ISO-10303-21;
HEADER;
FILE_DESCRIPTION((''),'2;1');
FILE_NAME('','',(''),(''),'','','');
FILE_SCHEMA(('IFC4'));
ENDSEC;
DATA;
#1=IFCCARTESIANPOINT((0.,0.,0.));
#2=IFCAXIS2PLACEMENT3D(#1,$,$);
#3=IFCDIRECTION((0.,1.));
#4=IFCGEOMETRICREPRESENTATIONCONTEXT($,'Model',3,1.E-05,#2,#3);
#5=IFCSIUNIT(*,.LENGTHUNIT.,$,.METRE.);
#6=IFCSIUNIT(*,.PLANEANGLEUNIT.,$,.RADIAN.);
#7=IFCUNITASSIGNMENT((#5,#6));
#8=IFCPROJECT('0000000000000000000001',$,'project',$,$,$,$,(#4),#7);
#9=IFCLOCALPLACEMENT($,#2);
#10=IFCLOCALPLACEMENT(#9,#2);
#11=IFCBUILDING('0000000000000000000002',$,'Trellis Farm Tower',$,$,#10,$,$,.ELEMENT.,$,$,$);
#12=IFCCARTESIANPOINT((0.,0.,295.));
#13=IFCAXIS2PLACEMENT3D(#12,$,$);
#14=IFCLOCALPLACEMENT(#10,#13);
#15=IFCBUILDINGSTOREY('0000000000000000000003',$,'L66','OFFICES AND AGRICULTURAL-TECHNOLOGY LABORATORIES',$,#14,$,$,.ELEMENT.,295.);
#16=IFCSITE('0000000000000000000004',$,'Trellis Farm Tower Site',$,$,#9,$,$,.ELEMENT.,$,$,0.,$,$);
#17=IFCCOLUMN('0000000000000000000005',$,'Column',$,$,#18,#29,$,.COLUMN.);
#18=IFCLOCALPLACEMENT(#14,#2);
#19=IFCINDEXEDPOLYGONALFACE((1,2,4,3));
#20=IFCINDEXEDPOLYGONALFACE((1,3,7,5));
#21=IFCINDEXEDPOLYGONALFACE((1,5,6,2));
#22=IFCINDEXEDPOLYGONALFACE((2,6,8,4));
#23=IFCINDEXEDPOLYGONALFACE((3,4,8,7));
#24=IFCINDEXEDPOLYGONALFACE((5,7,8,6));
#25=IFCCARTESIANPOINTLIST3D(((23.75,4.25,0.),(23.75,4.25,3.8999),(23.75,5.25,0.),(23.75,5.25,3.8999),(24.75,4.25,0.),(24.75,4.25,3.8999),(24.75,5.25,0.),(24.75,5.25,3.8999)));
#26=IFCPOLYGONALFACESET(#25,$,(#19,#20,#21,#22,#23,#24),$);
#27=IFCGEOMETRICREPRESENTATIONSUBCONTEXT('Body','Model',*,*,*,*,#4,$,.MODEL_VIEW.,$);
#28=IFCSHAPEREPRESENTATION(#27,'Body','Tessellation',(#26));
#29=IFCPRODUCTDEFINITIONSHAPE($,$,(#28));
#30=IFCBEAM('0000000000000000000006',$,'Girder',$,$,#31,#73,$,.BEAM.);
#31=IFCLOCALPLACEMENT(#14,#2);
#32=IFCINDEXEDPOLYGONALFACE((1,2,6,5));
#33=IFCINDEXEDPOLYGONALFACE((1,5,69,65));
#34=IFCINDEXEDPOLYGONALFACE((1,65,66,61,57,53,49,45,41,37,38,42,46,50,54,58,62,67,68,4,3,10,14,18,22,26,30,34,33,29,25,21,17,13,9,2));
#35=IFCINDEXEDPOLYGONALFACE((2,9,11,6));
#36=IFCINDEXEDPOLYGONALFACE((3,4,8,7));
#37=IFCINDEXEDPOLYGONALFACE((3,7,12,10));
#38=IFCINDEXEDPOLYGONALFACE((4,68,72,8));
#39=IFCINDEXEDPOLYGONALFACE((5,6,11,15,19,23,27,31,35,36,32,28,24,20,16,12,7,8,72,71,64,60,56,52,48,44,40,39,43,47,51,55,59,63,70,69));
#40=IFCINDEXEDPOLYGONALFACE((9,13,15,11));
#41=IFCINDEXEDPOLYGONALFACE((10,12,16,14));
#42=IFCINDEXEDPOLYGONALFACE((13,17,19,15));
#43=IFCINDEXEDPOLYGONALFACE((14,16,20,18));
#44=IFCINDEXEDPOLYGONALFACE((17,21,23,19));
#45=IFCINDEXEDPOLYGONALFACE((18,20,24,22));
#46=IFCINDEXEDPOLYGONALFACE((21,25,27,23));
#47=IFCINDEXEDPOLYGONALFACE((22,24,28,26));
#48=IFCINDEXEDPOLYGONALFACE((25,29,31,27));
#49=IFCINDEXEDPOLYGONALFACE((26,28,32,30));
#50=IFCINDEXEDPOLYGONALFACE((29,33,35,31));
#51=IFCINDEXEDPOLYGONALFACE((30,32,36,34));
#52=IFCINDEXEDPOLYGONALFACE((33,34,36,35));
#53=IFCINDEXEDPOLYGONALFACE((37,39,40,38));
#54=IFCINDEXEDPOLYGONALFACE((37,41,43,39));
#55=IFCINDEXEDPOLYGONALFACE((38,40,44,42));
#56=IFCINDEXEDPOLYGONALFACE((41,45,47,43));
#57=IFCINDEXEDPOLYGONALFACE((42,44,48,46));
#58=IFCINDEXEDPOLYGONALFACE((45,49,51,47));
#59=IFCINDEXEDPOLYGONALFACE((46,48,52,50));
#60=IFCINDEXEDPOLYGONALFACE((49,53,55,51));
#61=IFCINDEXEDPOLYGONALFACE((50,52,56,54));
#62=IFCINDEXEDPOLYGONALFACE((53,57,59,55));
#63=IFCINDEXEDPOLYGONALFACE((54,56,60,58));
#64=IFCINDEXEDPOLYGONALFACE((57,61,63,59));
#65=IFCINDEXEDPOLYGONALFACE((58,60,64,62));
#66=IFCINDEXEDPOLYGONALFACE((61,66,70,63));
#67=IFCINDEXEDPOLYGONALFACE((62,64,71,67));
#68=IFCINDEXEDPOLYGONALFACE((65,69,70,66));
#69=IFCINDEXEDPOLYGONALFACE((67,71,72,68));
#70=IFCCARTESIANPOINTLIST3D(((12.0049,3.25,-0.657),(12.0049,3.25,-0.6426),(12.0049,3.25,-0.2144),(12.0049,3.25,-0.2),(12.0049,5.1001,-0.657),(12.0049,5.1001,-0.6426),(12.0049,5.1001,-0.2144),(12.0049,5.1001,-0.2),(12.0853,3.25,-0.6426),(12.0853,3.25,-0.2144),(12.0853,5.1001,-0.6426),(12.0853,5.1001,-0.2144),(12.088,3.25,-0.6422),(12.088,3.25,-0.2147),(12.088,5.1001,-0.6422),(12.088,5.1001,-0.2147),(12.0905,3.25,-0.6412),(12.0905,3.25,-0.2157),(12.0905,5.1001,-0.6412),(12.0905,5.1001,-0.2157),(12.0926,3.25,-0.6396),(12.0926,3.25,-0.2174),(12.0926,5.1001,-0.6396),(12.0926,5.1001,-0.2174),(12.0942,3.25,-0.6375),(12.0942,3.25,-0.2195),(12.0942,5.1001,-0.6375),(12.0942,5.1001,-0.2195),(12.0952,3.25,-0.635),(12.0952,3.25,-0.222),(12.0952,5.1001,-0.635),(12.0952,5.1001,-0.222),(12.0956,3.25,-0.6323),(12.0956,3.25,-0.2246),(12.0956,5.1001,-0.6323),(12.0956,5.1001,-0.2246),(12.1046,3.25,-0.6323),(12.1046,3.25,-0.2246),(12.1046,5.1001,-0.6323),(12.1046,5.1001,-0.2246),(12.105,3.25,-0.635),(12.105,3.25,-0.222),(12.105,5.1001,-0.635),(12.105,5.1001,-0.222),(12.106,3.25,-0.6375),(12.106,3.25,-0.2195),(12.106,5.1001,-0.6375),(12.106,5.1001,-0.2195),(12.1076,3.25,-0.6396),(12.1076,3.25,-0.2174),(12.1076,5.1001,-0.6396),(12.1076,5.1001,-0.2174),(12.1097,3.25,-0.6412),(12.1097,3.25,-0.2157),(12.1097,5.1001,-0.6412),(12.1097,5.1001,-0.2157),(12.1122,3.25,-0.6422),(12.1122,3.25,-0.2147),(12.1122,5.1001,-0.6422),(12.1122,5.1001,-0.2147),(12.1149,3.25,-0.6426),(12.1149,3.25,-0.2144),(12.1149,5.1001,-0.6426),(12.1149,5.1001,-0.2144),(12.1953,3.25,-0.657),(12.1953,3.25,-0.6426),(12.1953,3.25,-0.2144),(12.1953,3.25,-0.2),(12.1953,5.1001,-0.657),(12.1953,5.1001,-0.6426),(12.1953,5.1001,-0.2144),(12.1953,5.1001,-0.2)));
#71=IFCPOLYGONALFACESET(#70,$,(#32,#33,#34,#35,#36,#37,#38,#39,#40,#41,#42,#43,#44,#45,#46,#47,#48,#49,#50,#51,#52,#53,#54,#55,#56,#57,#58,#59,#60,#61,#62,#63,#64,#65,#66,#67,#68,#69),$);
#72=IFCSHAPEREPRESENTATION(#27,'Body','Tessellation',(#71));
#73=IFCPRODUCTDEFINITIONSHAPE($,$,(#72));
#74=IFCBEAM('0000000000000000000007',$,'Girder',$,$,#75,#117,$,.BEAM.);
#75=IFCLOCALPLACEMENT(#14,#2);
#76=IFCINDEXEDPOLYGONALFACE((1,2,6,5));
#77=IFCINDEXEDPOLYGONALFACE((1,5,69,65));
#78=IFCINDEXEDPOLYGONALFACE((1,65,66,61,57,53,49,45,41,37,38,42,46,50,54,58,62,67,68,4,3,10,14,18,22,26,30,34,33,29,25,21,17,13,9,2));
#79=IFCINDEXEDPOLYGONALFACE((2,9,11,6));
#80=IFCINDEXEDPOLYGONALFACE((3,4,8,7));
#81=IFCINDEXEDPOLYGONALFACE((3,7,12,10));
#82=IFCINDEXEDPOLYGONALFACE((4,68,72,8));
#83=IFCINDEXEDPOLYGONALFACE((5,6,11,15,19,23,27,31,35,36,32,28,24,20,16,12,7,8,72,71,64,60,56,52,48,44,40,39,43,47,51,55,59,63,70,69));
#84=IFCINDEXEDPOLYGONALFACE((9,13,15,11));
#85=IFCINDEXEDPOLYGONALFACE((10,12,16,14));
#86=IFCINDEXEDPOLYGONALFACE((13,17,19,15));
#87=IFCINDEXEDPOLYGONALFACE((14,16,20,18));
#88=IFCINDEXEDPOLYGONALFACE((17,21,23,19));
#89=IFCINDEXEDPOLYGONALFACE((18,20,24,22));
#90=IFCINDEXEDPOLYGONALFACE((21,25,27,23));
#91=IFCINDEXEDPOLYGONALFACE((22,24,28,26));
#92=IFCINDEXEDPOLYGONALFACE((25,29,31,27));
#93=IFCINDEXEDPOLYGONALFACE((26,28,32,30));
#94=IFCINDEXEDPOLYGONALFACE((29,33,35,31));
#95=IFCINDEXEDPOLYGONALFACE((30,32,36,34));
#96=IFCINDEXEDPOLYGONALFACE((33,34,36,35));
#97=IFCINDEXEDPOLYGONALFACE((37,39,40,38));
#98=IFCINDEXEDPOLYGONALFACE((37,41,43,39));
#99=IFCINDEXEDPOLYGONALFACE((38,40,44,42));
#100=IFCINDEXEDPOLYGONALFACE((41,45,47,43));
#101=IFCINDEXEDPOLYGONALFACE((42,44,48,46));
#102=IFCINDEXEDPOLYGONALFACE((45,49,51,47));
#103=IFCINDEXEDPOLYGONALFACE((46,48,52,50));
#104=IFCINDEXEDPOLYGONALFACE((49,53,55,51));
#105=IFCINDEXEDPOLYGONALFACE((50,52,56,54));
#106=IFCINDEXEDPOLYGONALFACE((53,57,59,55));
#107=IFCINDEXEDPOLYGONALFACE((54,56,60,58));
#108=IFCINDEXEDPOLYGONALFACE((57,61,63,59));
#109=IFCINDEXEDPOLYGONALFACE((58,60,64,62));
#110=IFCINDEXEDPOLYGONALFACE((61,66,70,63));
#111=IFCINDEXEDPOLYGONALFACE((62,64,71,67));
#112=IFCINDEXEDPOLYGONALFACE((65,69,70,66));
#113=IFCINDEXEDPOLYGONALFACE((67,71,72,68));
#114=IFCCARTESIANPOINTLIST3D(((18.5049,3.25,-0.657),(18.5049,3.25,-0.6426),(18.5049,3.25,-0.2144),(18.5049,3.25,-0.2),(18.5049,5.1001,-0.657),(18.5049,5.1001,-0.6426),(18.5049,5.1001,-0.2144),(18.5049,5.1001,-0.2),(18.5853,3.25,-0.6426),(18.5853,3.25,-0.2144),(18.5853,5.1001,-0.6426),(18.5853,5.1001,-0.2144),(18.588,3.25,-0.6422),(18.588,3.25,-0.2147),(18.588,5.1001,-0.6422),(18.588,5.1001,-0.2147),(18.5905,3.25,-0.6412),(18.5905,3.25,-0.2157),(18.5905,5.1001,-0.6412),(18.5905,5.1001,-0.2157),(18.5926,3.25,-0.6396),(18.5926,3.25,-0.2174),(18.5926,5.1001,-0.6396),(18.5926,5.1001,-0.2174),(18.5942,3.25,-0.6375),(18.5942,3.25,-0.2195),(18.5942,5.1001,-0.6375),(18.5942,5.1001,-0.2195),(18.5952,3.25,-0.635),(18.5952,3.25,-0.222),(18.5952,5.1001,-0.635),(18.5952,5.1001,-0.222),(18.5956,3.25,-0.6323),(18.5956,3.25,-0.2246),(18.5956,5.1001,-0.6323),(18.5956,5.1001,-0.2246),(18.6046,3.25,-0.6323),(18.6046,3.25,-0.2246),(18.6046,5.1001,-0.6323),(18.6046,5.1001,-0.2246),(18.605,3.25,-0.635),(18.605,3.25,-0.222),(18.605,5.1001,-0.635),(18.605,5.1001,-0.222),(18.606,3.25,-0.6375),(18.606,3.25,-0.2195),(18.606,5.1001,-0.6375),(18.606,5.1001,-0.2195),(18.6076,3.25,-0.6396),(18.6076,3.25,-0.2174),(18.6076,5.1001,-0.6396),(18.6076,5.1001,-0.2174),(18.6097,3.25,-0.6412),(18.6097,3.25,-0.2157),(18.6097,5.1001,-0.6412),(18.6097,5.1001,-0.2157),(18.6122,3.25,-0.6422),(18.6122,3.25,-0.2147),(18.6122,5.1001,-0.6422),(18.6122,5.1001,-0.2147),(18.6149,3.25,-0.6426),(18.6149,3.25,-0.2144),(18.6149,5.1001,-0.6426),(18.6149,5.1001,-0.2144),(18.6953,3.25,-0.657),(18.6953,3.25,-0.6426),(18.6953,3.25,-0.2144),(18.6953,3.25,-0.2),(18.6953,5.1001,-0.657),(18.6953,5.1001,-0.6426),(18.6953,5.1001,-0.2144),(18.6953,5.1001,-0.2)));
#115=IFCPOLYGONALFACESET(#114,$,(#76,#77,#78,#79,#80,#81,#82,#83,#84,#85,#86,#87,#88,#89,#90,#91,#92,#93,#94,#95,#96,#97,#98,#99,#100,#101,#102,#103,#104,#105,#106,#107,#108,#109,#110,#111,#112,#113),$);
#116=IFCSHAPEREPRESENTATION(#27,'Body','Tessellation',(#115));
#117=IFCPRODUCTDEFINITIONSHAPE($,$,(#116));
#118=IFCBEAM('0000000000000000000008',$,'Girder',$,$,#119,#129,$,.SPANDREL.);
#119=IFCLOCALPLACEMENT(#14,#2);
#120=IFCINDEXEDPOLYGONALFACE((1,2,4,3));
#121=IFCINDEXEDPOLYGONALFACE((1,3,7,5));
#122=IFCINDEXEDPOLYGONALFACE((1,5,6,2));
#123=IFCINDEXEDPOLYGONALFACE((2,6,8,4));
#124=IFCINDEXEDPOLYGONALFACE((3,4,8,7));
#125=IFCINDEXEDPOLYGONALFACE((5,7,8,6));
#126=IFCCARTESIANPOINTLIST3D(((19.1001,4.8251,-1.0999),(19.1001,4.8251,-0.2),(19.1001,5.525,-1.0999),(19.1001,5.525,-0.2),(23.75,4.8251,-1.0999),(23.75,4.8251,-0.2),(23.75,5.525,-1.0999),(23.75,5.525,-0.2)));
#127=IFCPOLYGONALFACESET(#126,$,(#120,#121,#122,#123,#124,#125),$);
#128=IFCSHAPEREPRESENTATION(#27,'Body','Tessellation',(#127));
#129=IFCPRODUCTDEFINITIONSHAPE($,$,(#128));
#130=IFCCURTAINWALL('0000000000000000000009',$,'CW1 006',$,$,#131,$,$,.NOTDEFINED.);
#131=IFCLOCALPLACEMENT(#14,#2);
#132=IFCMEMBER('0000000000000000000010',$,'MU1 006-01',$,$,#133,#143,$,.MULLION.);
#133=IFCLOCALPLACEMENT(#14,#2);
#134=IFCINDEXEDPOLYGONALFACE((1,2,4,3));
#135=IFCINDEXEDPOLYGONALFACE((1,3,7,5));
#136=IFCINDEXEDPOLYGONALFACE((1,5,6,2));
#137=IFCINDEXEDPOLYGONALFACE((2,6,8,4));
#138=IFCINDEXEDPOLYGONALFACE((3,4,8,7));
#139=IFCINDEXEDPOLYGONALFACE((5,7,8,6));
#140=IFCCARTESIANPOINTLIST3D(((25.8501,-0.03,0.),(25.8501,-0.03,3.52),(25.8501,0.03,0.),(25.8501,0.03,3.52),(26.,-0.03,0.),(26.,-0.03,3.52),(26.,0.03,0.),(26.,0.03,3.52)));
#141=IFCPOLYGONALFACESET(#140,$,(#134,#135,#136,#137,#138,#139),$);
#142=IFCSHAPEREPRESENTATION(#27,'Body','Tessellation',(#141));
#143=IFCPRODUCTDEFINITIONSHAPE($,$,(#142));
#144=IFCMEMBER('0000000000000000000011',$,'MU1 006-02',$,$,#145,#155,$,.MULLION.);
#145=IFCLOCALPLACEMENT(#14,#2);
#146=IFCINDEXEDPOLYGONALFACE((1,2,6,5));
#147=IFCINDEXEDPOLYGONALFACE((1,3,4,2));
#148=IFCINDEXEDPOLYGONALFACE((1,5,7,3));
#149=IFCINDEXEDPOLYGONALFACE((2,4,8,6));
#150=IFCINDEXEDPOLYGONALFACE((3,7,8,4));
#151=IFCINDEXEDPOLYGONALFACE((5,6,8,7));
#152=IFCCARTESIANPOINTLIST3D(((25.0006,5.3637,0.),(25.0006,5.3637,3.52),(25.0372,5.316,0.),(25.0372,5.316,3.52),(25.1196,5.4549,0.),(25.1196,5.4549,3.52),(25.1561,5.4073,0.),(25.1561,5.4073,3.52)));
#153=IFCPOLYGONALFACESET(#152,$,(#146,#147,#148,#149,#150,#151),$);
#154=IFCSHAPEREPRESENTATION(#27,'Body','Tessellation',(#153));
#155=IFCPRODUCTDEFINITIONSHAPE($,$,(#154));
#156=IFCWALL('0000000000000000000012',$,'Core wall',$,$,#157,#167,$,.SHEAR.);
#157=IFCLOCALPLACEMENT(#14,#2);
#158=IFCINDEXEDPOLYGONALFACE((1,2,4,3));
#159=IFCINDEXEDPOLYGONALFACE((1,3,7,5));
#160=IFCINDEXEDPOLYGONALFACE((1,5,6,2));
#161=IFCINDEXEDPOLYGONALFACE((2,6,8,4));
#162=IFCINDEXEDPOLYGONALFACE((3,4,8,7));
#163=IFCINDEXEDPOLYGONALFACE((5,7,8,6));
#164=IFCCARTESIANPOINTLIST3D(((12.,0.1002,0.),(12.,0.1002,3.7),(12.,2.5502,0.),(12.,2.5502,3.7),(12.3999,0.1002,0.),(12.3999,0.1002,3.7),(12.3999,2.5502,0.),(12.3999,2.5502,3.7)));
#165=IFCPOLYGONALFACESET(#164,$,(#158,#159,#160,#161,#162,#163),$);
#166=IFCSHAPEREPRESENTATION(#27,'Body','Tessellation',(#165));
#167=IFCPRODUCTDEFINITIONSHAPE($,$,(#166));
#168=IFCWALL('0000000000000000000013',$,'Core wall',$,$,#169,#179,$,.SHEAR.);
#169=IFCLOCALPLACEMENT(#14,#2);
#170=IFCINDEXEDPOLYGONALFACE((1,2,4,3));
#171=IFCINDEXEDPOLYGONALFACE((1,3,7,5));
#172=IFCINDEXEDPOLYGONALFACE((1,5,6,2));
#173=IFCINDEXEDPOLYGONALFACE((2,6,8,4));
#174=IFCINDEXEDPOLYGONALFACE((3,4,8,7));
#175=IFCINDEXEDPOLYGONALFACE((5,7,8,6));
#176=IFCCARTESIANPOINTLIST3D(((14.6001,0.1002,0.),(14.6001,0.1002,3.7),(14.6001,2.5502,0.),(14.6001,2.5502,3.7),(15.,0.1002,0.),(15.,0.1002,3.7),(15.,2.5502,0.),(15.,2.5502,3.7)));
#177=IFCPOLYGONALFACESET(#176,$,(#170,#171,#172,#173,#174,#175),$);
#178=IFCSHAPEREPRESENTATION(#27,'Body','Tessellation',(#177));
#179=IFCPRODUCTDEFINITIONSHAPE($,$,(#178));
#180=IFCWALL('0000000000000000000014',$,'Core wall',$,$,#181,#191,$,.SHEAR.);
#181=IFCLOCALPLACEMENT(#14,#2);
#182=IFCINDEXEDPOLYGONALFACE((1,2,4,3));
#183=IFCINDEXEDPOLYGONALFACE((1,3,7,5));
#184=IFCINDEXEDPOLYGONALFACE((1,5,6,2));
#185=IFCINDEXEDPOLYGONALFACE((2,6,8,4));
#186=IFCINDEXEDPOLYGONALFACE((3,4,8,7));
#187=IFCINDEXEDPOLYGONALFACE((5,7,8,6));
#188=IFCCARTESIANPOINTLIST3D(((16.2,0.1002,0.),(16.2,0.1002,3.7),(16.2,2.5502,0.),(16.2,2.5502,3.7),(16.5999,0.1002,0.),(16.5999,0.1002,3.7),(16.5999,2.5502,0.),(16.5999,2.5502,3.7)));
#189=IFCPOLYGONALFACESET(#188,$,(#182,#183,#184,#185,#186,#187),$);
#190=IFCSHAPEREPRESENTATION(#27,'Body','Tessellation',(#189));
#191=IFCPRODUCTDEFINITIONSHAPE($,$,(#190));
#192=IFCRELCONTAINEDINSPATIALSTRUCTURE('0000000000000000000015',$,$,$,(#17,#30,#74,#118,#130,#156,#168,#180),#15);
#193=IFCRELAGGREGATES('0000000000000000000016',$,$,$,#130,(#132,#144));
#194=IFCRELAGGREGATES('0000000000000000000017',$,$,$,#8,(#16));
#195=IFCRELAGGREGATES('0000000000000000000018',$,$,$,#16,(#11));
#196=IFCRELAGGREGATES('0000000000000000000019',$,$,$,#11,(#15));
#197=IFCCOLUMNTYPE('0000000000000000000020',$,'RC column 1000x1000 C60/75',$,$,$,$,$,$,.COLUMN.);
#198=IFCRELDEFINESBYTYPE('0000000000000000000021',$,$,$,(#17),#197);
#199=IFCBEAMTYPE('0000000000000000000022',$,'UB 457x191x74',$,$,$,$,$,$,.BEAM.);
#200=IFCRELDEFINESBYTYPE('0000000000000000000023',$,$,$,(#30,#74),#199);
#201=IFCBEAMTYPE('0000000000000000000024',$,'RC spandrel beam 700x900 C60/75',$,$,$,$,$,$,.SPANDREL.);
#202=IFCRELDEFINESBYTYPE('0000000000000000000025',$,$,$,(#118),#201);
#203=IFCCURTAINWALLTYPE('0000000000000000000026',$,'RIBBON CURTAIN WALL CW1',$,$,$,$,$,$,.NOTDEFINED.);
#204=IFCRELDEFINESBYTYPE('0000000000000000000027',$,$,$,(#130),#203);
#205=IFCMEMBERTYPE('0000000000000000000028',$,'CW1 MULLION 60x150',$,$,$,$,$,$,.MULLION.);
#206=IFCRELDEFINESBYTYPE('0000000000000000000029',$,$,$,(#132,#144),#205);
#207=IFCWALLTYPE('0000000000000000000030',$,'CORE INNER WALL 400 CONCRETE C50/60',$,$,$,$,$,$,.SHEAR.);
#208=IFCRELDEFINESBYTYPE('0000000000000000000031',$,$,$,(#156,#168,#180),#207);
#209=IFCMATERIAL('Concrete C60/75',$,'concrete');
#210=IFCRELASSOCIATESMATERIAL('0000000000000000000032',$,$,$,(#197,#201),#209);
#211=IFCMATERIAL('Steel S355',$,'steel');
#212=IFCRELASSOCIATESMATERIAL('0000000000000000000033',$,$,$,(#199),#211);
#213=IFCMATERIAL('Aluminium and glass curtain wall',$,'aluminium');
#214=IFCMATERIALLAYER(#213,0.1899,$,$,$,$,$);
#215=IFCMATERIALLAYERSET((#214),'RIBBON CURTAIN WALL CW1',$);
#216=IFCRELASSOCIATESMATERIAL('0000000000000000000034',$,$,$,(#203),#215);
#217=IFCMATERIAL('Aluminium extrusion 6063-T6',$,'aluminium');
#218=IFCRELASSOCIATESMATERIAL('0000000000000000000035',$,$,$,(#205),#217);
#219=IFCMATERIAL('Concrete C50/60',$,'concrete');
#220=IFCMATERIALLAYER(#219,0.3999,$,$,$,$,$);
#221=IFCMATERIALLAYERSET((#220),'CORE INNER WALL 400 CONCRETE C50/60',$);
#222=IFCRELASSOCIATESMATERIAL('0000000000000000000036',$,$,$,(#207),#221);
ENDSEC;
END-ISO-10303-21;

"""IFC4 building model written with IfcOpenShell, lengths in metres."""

from ifc_helpers import new_model, si_unit, direction, frame, frame_2d, origin, origin_2d, place, context, subcontext, project, spatial, rectangle, i_section, extrude, source, transform, mapped, material, layer, layer_set, material_profile, profile_set, type_object, element, aggregate, save


model = new_model("IFC4")

# Units and contexts
model_context = context("Model", 3, precision=1e-05, world=origin(), true_north=direction((0.0, 1.0)))
body_context = subcontext(model_context, "Body", "Model", "MODEL_VIEW")
ifc_project = project(units=[si_unit("LENGTHUNIT", "METRE"), si_unit("PLANEANGLEUNIT", "RADIAN")], contexts=[model_context])

# Site, building, storey
site_placement = place(None, origin())
site = spatial("IfcSite", under=ifc_project, at=site_placement, Name="Trellis Farm Tower Site", CompositionType="ELEMENT", RefElevation=0.0)
building_placement = place(site_placement, origin())
building = spatial("IfcBuilding", under=site, at=building_placement, Name="Trellis Farm Tower", CompositionType="ELEMENT")
storey_placement = place(building_placement, frame((0.0, 0.0, 295.0)))
storey = spatial("IfcBuildingStorey", under=building, at=storey_placement, Name="L66", Description="OFFICES AND AGRICULTURAL-TECHNOLOGY LABORATORIES", CompositionType="ELEMENT", Elevation=295.0)

# Column
ifc_material_1 = material(Name="Concrete C60/75", Category="concrete")
ifc_material_profile_1 = material_profile(ifc_material_1, rectangle(XDim=1.0, YDim=1.0, at=origin_2d()), Name="RC column 1000x1000 C60/75")
ifc_profile_set_1 = profile_set([ifc_material_profile_1], Name="Concrete C60/75")
column_type = type_object("IfcColumnType", Name="RC column 1000x1000 C60/75", PredefinedType="COLUMN", material=ifc_profile_set_1)
shared_shape_1 = source(origin(), body_context, "Body", "SweptSolid", [
    extrude(rectangle(XDim=1.0, YDim=1.0, at=origin_2d()), origin(), (0.0, 0.0, 1.0), 3.8999),
])
column_placement = place(storey_placement, frame((24.25, 4.75, 0.0), z_axis=(0.0, 0.0, 1.0), x_axis=(1.0, 0.0, 0.0)))
element("IfcColumn", 1, at=column_placement, inside=storey, type_object=column_type, Name="Column", PredefinedType="COLUMN", context=body_context, shape_type="MappedRepresentation", body=[
    mapped(shared_shape_1, transform((0.0, 0.0, 0.0))),
])

# Beams
ifc_material_2 = material(Name="Steel S355", Category="steel")
ifc_material_profile_2 = material_profile(ifc_material_2, i_section(OverallWidth=0.1904, OverallDepth=0.457, WebThickness=0.009, FlangeThickness=0.0144, FilletRadius=0.0103, at=origin_2d()), Name="UB 457x191x74")
ifc_profile_set_2 = profile_set([ifc_material_profile_2], Name="Steel S355")
beam_type_1 = type_object("IfcBeamType", Name="UB 457x191x74", PredefinedType="BEAM", material=ifc_profile_set_2)
shared_shape_2 = source(origin(), body_context, "Body", "SweptSolid", [
    extrude(i_section(OverallWidth=0.1904, OverallDepth=0.457, WebThickness=0.009, FlangeThickness=0.0144, FilletRadius=0.0103, at=origin_2d()), origin(), (0.0, 0.0, 1.0), 1.8501),
])
for number, where, z_axis, x_axis, name in (
    (2, (12.1001, 3.25, -0.4285), (0.0, 1.0, 0.0), (-1.0, 0.0, 0.0), "Girder"),
    (3, (18.6001, 3.25, -0.4285), (0.0, 1.0, 0.0), (-1.0, 0.0, 0.0), "Girder"),
):
    element("IfcBeam", number, at=place(storey_placement, frame(where, z_axis=z_axis, x_axis=x_axis)), inside=storey, type_object=beam_type_1, Name=name, PredefinedType="BEAM", context=body_context, shape_type="MappedRepresentation", body=[
        mapped(shared_shape_2, transform((0.0, 0.0, 0.0))),
    ])
ifc_material_profile_3 = material_profile(ifc_material_1, rectangle(XDim=0.7, YDim=0.8999, at=origin_2d()), Name="RC spandrel beam 700x900 C60/75")
ifc_profile_set_3 = profile_set([ifc_material_profile_3], Name="Concrete C60/75")
beam_type_2 = type_object("IfcBeamType", Name="RC spandrel beam 700x900 C60/75", PredefinedType="SPANDREL", material=ifc_profile_set_3)
shared_shape_3 = source(origin(), body_context, "Body", "SweptSolid", [
    extrude(rectangle(XDim=0.7, YDim=0.8999, at=origin_2d()), origin(), (0.0, 0.0, 1.0), 4.6499),
])
beam_placement = place(storey_placement, frame((19.1001, 5.175, -0.6499), z_axis=(1.0, 0.0, 0.0), x_axis=(0.0, 1.0, 0.0)))
element("IfcBeam", 4, at=beam_placement, inside=storey, type_object=beam_type_2, Name="Girder", PredefinedType="SPANDREL", context=body_context, shape_type="MappedRepresentation", body=[
    mapped(shared_shape_3, transform((0.0, 0.0, 0.0))),
])

# Curtain wall, members
ifc_material_3 = material(Name="Aluminium and glass curtain wall", Category="aluminium")
ifc_layer_1 = layer(ifc_material_3, 0.1899)
ifc_layer_set_1 = layer_set([ifc_layer_1], Name="RIBBON CURTAIN WALL CW1")
curtain_wall_type = type_object("IfcCurtainWallType", Name="RIBBON CURTAIN WALL CW1", PredefinedType="NOTDEFINED", material=ifc_layer_set_1)
curtain_wall_placement = place(storey_placement, origin())
curtain_wall = element("IfcCurtainWall", 5, at=curtain_wall_placement, inside=storey, type_object=curtain_wall_type, Name="CW1 006", PredefinedType="NOTDEFINED")
ifc_material_4 = material(Name="Aluminium extrusion 6063-T6", Category="aluminium")
ifc_material_profile_4 = material_profile(ifc_material_4, rectangle(XDim=0.0601, YDim=0.1499, at=origin_2d()), Name="MULLION 60x150")
ifc_profile_set_4 = profile_set([ifc_material_profile_4], Name="Aluminium extrusion 6063-T6")
member_type = type_object("IfcMemberType", Name="CW1 MULLION 60x150", PredefinedType="MULLION", material=ifc_profile_set_4)
shared_shape_4 = source(origin(), body_context, "Body", "SweptSolid", [
    extrude(rectangle(XDim=0.0601, YDim=0.1499, at=origin_2d()), origin(), (0.0, 0.0, 1.0), 3.52),
])
member_1_placement = place(storey_placement, frame((25.925, 0.0, 0.0), z_axis=(0.0, 0.0, 1.0), x_axis=(0.0, 1.0, 0.0)))
member_1 = element("IfcMember", 6, at=member_1_placement, type_object=member_type, Name="MU1 006-01", PredefinedType="MULLION", context=body_context, shape_type="MappedRepresentation", body=[
    mapped(shared_shape_4, transform((0.0, 0.0, 0.0))),
])
member_2_placement = place(storey_placement, frame((25.0784, 5.3855, 0.0), z_axis=(0.0, 0.0, 1.0), x_axis=(-0.608761, 0.793353, 0.0)))
member_2 = element("IfcMember", 7, at=member_2_placement, type_object=member_type, Name="MU1 006-02", PredefinedType="MULLION", context=body_context, shape_type="MappedRepresentation", body=[
    mapped(shared_shape_4, transform((0.0, 0.0, 0.0))),
])
aggregate(curtain_wall, [member_1, member_2])

# Walls
ifc_material_5 = material(Name="Concrete C50/60", Category="concrete")
ifc_layer_2 = layer(ifc_material_5, 0.3999)
ifc_layer_set_2 = layer_set([ifc_layer_2], Name="CORE INNER WALL 400 CONCRETE C50/60")
wall_type_1 = type_object("IfcWallType", Name="CORE INNER WALL 400 CONCRETE C50/60", PredefinedType="SHEAR", material=ifc_layer_set_2)
shared_shape_5 = source(origin(), body_context, "Body", "SweptSolid", [
    extrude(rectangle(XDim=2.45, YDim=0.3999, at=frame_2d((1.2251, 0.0))), origin(), (0.0, 0.0, 1.0), 3.7),
])
for number, where, z_axis, x_axis, name in (
    (8, (12.2, 0.1001, 0.0), (0.0, 0.0, 1.0), (0.0, 1.0, 0.0), "Core wall"),
    (9, (14.8, 0.1001, 0.0), (0.0, 0.0, 1.0), (0.0, 1.0, 0.0), "Core wall"),
    (10, (16.3999, 0.1001, 0.0), (0.0, 0.0, 1.0), (0.0, 1.0, 0.0), "Core wall"),
):
    element("IfcWall", number, at=place(storey_placement, frame(where, z_axis=z_axis, x_axis=x_axis)), inside=storey, type_object=wall_type_1, Name=name, PredefinedType="SHEAR", context=body_context, shape_type="MappedRepresentation", body=[
        mapped(shared_shape_5, transform((0.0, 0.0, 0.0))),
    ])

save(model, "model.ifc")
